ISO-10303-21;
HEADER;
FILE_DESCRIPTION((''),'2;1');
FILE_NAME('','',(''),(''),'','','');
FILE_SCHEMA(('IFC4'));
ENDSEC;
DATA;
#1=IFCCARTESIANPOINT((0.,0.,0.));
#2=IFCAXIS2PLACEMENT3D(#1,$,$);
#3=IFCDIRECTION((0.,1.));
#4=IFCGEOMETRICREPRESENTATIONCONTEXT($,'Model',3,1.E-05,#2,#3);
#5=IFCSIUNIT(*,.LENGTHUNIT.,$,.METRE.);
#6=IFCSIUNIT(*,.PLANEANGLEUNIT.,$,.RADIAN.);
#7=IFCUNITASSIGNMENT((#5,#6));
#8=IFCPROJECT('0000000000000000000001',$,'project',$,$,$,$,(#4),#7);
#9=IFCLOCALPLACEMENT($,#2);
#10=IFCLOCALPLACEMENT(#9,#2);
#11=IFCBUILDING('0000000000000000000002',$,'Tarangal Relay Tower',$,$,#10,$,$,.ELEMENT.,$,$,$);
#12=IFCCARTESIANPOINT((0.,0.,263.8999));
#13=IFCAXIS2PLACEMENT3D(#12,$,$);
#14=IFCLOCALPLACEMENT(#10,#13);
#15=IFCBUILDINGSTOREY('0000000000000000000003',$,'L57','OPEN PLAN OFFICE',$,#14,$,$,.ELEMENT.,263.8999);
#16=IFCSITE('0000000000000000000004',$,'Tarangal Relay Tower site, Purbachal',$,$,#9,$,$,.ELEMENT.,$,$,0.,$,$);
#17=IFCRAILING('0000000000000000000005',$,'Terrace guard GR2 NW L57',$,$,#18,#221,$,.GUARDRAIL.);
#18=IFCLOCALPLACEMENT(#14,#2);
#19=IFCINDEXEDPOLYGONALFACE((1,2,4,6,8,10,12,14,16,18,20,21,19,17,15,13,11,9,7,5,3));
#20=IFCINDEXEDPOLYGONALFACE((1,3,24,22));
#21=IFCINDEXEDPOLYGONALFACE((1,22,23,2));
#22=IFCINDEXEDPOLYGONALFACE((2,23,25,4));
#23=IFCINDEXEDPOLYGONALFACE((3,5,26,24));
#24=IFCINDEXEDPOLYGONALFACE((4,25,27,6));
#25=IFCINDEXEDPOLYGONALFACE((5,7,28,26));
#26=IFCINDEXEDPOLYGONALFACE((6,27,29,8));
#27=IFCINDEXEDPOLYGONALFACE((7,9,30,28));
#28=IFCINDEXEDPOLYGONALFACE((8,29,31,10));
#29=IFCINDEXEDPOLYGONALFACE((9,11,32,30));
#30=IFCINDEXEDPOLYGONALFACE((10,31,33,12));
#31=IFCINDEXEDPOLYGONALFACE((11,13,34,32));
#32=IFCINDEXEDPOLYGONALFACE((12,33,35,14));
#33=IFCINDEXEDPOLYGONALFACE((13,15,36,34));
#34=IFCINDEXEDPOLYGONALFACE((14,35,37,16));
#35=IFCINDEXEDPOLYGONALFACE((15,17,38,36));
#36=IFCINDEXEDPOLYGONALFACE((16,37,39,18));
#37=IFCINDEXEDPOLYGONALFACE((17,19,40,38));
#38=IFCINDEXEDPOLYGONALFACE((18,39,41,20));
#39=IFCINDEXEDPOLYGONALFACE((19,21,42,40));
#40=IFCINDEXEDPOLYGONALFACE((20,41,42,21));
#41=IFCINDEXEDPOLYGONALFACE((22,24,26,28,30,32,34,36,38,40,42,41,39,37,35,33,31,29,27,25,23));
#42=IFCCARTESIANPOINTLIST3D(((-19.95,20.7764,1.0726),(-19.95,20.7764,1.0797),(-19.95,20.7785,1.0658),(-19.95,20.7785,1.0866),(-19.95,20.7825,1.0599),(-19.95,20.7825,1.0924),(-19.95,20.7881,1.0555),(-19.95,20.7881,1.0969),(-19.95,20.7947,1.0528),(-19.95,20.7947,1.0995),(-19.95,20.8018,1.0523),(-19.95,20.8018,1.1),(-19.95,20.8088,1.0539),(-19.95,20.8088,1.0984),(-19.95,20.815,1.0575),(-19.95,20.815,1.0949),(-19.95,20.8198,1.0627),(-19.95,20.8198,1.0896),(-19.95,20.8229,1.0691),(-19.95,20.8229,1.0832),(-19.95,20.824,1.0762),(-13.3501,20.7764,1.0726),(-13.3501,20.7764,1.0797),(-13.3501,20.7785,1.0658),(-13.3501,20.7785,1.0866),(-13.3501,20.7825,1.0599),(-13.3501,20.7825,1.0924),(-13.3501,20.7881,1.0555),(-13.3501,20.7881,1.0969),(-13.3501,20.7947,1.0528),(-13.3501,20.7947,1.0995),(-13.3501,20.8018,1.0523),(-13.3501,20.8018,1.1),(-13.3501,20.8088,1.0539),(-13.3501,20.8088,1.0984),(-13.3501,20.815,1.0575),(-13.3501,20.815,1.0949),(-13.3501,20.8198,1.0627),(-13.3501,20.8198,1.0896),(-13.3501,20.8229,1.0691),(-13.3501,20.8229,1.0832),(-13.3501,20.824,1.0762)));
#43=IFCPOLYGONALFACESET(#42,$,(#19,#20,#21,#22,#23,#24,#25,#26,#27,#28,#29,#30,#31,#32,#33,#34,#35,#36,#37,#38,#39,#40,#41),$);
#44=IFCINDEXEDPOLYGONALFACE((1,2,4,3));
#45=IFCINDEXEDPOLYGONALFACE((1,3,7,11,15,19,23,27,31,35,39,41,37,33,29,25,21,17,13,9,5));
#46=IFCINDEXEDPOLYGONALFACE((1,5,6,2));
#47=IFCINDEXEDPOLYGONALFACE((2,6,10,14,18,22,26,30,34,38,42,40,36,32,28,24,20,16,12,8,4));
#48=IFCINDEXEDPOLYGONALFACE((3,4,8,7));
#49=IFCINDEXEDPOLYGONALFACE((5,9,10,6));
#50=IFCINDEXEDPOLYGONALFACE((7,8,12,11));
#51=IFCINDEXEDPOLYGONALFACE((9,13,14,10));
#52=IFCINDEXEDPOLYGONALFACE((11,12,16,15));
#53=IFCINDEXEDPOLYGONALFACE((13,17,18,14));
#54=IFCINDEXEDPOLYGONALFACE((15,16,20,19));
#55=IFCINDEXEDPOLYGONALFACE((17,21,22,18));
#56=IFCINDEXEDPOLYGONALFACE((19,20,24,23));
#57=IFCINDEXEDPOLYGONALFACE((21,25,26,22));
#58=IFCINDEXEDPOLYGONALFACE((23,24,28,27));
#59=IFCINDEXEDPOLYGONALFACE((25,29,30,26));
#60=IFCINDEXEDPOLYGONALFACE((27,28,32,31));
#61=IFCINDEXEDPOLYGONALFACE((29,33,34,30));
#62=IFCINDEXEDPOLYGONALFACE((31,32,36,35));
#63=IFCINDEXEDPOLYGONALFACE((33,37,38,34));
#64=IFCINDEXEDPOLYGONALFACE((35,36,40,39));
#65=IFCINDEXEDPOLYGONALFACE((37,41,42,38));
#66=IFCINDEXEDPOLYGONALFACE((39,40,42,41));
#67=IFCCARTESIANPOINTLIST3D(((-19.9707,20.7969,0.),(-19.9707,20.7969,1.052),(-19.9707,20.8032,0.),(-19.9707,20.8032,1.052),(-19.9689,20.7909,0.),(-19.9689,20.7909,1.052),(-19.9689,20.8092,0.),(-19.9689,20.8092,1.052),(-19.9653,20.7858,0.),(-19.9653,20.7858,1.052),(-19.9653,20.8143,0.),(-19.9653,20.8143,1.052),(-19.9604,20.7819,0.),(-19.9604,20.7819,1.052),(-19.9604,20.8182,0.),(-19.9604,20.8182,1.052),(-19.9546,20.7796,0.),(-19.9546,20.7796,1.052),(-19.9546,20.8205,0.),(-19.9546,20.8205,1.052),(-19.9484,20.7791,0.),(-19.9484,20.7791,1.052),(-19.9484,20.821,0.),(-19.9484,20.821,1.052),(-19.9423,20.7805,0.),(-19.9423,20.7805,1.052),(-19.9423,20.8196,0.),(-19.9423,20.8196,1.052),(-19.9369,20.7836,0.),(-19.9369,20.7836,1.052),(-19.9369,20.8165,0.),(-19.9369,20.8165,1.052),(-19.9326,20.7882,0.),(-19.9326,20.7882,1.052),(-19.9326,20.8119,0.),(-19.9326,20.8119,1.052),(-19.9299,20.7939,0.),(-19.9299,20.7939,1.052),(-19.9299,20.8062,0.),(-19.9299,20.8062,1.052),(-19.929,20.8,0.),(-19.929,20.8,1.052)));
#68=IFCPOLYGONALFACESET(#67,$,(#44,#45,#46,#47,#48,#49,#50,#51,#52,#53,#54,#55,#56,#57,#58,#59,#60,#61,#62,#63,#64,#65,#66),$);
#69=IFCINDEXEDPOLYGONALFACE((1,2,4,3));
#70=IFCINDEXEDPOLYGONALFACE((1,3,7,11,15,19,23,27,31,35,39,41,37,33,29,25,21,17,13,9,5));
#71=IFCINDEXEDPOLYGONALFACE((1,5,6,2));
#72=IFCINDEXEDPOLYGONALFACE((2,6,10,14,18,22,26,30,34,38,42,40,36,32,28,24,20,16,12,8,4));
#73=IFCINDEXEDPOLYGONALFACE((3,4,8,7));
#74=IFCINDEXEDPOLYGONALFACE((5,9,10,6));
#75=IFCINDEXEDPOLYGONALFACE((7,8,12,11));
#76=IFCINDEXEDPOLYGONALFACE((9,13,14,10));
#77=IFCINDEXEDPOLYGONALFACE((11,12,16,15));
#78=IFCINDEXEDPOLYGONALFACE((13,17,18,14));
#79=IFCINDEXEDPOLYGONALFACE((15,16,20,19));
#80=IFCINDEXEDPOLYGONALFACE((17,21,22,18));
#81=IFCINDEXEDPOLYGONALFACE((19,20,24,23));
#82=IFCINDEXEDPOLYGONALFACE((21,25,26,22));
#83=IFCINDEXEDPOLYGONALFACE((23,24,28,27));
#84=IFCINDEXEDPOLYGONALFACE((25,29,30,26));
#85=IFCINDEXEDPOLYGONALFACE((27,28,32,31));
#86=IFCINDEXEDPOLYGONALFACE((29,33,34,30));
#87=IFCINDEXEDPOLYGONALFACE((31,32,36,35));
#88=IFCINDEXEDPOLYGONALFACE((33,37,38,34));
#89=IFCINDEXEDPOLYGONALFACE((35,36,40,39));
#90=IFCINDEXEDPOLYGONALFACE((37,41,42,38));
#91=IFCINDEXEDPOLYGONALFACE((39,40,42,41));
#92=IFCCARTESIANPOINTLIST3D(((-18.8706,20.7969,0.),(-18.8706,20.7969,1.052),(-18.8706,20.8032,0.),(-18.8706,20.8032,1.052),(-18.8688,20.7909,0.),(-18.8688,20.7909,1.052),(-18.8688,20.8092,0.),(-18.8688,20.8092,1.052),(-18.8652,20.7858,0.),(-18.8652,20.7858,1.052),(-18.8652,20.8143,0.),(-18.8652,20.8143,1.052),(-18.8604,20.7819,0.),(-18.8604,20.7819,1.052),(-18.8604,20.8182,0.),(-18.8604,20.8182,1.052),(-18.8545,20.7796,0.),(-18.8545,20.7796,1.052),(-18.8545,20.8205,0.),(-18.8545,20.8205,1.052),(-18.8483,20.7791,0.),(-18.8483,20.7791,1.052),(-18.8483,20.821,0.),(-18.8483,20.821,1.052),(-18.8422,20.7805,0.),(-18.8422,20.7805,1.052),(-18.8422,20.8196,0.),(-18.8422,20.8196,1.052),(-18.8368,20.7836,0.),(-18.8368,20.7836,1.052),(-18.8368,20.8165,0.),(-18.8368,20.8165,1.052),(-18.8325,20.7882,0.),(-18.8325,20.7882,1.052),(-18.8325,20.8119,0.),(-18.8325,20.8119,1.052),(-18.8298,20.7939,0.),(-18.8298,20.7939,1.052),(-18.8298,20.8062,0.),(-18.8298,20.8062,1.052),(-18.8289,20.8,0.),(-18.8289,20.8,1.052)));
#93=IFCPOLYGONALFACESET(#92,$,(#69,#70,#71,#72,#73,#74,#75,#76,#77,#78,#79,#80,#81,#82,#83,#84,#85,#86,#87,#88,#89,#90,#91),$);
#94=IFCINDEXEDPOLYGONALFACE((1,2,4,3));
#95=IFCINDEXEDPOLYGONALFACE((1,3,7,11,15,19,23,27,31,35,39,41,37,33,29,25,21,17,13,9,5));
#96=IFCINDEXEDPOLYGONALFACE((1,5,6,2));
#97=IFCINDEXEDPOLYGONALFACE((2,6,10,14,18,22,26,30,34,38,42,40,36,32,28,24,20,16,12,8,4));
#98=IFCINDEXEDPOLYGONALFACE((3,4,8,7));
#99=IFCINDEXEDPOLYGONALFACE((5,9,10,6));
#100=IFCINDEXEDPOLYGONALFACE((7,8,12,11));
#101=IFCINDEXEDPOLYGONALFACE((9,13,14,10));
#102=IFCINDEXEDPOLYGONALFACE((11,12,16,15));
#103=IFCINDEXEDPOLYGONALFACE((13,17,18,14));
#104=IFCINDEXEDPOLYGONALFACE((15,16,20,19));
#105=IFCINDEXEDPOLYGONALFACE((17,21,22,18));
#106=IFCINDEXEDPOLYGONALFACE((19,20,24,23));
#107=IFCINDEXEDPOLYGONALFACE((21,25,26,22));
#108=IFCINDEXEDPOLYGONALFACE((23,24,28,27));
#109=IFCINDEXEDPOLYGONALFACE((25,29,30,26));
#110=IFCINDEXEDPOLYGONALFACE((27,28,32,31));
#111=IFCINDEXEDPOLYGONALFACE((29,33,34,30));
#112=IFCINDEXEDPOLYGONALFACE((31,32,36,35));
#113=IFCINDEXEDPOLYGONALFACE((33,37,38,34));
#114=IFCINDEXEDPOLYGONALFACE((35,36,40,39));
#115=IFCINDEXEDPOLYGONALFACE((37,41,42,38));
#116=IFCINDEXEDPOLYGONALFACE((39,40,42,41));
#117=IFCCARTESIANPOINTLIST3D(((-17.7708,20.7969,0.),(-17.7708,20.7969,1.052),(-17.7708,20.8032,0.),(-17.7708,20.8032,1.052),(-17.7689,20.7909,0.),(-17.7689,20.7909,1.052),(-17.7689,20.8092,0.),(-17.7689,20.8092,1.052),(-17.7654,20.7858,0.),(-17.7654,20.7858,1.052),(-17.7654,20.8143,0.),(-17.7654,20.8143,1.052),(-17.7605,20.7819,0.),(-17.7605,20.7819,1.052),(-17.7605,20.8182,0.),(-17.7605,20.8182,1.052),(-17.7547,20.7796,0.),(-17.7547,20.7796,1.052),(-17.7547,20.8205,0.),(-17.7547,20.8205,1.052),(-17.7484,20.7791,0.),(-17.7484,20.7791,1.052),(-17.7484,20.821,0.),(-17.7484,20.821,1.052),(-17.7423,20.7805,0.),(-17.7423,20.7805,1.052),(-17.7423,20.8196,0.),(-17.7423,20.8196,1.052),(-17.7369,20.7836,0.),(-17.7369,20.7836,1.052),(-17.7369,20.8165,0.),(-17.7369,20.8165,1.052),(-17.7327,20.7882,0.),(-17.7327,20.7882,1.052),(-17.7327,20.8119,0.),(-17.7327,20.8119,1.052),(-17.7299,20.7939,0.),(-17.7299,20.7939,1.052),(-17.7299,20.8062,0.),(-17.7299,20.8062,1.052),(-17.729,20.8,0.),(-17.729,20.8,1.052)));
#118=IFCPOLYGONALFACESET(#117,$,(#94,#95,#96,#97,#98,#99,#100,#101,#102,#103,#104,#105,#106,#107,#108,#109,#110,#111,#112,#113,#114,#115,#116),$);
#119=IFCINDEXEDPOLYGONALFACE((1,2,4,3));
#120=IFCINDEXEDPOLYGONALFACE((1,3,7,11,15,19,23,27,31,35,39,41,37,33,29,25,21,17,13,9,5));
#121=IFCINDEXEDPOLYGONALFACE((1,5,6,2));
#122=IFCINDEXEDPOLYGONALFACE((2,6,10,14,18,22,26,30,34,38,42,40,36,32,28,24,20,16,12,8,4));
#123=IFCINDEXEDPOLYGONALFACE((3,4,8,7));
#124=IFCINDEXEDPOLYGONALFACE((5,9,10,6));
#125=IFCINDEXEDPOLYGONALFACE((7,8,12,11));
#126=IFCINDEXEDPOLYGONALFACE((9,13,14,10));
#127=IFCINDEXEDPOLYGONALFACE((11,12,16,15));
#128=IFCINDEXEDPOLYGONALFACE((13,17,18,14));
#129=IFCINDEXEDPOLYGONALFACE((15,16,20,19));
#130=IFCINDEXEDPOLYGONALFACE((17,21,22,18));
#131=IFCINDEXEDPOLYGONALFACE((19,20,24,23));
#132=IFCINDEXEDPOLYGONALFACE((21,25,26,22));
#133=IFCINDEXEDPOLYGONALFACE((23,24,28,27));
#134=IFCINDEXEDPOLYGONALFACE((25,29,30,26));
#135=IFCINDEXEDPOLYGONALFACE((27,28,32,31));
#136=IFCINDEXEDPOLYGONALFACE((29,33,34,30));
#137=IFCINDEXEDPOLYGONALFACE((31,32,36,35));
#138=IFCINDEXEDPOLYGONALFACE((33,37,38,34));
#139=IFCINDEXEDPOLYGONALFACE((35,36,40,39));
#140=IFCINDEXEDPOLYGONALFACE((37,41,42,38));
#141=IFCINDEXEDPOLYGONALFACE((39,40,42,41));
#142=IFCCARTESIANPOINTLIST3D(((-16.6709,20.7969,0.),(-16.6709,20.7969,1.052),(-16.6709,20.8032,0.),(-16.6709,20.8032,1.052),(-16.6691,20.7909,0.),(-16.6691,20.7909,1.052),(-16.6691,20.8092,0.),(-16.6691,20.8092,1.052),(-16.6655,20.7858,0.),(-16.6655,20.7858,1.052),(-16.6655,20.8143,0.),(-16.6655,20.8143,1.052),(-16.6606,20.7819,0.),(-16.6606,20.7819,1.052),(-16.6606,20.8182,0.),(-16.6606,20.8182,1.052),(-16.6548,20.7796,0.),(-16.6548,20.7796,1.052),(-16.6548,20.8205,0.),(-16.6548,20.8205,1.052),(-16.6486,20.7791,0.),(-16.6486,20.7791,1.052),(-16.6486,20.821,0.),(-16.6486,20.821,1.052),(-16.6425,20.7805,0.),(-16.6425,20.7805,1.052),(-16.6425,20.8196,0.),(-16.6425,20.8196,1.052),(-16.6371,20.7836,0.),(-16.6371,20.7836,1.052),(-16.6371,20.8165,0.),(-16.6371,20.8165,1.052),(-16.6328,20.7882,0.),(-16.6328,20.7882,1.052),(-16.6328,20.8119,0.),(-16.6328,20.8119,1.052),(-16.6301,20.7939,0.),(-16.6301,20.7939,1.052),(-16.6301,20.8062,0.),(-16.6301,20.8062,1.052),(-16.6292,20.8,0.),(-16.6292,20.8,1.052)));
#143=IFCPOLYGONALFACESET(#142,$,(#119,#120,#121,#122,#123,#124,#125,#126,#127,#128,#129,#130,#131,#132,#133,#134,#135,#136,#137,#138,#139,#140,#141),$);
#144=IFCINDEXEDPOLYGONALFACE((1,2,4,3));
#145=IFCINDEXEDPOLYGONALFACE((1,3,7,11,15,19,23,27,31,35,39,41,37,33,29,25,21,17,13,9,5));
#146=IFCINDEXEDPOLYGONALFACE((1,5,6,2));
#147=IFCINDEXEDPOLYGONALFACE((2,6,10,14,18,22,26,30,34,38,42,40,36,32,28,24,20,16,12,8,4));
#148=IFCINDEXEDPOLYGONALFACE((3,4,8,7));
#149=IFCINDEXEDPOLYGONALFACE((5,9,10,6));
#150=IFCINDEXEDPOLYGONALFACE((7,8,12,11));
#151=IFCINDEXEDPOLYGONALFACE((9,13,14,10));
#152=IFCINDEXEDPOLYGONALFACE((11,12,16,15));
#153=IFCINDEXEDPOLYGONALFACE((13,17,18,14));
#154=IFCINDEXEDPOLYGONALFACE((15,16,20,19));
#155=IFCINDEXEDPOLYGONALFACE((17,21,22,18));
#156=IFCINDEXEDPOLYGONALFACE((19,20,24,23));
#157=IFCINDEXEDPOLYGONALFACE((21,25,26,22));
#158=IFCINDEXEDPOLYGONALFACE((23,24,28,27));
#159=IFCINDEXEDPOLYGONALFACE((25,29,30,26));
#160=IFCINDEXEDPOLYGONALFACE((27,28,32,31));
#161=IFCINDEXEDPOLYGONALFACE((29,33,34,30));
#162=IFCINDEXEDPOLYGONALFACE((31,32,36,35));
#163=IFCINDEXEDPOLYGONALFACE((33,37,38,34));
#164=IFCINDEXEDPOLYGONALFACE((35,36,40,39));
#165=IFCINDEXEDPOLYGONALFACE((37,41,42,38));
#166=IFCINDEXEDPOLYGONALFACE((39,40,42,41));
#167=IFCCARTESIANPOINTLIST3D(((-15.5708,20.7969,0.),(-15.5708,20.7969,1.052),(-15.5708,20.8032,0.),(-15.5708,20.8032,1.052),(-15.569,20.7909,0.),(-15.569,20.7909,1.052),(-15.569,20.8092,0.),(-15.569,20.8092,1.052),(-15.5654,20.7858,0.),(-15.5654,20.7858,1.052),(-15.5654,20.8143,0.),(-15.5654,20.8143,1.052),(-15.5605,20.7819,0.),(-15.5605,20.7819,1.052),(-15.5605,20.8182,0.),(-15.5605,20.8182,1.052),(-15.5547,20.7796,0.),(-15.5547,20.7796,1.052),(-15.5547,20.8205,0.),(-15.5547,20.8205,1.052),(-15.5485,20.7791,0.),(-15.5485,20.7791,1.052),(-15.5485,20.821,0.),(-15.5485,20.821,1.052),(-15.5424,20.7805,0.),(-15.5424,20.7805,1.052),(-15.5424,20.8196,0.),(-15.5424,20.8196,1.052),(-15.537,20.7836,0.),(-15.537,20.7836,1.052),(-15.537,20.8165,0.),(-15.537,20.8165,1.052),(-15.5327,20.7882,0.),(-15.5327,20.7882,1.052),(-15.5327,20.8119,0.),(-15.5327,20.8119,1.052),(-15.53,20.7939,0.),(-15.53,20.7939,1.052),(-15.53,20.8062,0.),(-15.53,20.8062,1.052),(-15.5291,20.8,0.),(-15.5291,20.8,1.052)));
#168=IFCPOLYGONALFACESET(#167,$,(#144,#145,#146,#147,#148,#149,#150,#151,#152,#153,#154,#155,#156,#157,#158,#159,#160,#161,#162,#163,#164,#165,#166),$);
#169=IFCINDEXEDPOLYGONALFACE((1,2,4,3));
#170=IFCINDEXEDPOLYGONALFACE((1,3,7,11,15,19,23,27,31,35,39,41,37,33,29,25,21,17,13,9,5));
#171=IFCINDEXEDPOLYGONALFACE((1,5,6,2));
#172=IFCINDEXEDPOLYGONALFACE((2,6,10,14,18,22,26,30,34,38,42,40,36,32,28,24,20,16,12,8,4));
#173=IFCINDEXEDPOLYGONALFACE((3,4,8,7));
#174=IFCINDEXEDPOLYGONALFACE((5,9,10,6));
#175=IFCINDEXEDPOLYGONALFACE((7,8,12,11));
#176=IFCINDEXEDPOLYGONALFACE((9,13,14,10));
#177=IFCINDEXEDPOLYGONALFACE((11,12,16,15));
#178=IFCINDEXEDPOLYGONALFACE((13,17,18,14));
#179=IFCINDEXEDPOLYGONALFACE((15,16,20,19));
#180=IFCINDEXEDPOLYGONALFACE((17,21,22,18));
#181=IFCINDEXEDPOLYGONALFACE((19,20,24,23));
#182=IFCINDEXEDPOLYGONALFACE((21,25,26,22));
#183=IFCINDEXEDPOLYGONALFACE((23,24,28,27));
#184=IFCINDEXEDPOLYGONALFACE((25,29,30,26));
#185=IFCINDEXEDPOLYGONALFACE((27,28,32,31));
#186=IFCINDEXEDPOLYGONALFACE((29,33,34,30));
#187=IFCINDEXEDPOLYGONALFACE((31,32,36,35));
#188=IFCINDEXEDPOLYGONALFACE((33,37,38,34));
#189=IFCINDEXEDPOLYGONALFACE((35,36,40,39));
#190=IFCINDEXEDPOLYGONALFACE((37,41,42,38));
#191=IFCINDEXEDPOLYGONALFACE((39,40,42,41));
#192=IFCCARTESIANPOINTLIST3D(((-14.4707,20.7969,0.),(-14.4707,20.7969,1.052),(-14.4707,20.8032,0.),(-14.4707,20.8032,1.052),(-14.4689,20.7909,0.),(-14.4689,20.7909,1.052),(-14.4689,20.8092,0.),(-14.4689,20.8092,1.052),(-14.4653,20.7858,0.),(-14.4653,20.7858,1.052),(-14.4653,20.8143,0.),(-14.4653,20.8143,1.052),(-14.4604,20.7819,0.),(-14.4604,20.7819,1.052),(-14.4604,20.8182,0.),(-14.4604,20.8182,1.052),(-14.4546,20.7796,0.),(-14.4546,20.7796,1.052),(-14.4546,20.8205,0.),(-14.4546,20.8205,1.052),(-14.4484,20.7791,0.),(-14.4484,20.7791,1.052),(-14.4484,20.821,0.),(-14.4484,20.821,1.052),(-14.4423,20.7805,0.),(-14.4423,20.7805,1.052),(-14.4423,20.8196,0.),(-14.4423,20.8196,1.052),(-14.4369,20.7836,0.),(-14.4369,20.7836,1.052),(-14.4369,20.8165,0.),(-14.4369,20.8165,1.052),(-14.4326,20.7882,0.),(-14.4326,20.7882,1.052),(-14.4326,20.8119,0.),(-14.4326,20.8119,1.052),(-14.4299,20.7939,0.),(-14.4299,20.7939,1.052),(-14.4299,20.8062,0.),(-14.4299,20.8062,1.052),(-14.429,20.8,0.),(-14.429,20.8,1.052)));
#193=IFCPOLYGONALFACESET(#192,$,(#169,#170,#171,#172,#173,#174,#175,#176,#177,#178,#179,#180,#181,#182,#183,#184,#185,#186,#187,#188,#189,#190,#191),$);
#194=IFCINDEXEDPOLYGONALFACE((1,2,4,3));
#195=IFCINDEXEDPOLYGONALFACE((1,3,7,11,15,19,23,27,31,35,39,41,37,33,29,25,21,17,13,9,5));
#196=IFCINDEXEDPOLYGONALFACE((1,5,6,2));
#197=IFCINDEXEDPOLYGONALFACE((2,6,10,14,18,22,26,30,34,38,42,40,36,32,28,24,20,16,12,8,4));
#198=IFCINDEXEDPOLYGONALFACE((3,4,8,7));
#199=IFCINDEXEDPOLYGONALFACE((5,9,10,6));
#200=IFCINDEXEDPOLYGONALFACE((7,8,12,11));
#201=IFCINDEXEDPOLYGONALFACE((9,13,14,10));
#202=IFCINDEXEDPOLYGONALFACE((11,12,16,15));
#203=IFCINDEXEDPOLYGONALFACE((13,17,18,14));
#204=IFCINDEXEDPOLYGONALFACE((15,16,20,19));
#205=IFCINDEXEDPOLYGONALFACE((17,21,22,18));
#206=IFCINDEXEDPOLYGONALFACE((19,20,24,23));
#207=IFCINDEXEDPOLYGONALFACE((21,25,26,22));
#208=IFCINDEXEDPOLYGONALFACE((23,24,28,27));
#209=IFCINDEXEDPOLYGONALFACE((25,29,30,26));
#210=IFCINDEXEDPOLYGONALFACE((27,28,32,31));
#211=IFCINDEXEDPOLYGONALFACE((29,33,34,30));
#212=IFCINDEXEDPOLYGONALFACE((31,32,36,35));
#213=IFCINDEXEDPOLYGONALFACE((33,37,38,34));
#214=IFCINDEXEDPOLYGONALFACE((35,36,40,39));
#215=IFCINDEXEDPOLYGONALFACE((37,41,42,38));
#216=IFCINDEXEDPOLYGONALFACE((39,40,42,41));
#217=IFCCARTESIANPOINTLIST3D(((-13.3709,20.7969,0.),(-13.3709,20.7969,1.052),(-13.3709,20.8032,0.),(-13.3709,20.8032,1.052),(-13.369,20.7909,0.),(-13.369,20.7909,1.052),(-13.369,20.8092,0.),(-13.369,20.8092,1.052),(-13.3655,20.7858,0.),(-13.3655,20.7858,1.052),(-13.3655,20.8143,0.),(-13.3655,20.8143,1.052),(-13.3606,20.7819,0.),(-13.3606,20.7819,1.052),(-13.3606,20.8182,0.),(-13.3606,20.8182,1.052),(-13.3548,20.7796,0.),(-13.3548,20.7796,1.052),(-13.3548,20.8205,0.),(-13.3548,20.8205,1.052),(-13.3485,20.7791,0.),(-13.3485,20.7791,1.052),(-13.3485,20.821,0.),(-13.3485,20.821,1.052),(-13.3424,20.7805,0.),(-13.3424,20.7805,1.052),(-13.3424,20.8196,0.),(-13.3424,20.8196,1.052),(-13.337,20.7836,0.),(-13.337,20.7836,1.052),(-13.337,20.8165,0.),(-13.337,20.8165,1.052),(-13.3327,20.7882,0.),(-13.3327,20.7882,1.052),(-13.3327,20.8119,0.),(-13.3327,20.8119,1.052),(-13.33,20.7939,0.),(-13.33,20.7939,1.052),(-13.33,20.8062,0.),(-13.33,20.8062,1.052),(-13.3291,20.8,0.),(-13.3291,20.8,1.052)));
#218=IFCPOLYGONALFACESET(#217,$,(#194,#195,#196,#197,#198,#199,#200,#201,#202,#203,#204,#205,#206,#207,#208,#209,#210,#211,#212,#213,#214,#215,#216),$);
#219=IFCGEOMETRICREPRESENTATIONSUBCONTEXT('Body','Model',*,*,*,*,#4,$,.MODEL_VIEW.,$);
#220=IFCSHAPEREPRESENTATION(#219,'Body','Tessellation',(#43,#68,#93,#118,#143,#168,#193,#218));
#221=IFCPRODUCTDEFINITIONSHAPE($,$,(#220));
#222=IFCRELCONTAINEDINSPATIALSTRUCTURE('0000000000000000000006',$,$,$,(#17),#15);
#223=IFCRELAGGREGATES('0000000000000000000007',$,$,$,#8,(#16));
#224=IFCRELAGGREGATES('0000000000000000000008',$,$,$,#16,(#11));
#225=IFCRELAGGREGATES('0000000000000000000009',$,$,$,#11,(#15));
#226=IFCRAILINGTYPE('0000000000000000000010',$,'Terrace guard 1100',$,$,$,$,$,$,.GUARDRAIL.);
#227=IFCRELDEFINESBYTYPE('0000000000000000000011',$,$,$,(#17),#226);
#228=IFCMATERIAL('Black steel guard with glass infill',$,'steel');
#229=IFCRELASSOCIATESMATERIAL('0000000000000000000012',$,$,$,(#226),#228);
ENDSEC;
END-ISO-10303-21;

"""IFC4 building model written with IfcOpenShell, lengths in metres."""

from ifc_helpers import new_model, si_unit, direction, frame, origin, origin_2d, place, context, subcontext, project, spatial, circle, extrude, material, type_object, element, save


model = new_model("IFC4")

# Units and contexts
model_context = context("Model", 3, precision=1e-05, world=origin(), true_north=direction((0.0, 1.0)))
body_context = subcontext(model_context, "Body", "Model", "MODEL_VIEW")
ifc_project = project(units=[si_unit("LENGTHUNIT", "METRE"), si_unit("PLANEANGLEUNIT", "RADIAN")], contexts=[model_context])

# Site, building, storey
site_placement = place(None, origin())
site = spatial("IfcSite", under=ifc_project, at=site_placement, Name="Tarangal Relay Tower site, Purbachal", CompositionType="ELEMENT", RefElevation=0.0)
building_placement = place(site_placement, origin())
building = spatial("IfcBuilding", under=site, at=building_placement, Name="Tarangal Relay Tower", CompositionType="ELEMENT")
storey_placement = place(building_placement, frame((0.0, 0.0, 263.8999)))
storey = spatial("IfcBuildingStorey", under=building, at=storey_placement, Name="L57", Description="OPEN PLAN OFFICE", CompositionType="ELEMENT", Elevation=263.8999)

# Railing
ifc_material_1 = material(Name="Black steel guard with glass infill", Category="steel")
railing_type = type_object("IfcRailingType", Name="Terrace guard 1100", PredefinedType="GUARDRAIL", material=ifc_material_1)
railing_1_placement = place(storey_placement, frame((-19.95, 20.8, 0.0)))
element("IfcRailing", 1, at=railing_1_placement, inside=storey, type_object=railing_type, Name="Terrace guard GR2 NW L57", PredefinedType="GUARDRAIL", context=body_context, shape_type="SweptSolid", body=[
    extrude(circle(Radius=0.0239, at=origin_2d()), frame((0.0, 0.0, 1.0762), z_axis=(1.0, 0.0, 0.0), x_axis=(0.0, 1.0, 0.0)), (0.0, 0.0, 1.0), 6.5999),
    extrude(circle(Radius=0.021, at=origin_2d()), origin(), (0.0, 0.0, 1.0), 1.052),
    extrude(circle(Radius=0.021, at=origin_2d()), frame((1.1001, 0.0, 0.0)), (0.0, 0.0, 1.0), 1.052),
    extrude(circle(Radius=0.021, at=origin_2d()), frame((2.2, 0.0, 0.0)), (0.0, 0.0, 1.0), 1.052),
    extrude(circle(Radius=0.021, at=origin_2d()), frame((3.2998, 0.0, 0.0)), (0.0, 0.0, 1.0), 1.052),
    extrude(circle(Radius=0.021, at=origin_2d()), frame((4.3999, 0.0, 0.0)), (0.0, 0.0, 1.0), 1.052),
    extrude(circle(Radius=0.021, at=origin_2d()), frame((5.5, 0.0, 0.0)), (0.0, 0.0, 1.0), 1.052),
    extrude(circle(Radius=0.021, at=origin_2d()), frame((6.5999, 0.0, 0.0)), (0.0, 0.0, 1.0), 1.052),
])

save(model, "model.ifc")
